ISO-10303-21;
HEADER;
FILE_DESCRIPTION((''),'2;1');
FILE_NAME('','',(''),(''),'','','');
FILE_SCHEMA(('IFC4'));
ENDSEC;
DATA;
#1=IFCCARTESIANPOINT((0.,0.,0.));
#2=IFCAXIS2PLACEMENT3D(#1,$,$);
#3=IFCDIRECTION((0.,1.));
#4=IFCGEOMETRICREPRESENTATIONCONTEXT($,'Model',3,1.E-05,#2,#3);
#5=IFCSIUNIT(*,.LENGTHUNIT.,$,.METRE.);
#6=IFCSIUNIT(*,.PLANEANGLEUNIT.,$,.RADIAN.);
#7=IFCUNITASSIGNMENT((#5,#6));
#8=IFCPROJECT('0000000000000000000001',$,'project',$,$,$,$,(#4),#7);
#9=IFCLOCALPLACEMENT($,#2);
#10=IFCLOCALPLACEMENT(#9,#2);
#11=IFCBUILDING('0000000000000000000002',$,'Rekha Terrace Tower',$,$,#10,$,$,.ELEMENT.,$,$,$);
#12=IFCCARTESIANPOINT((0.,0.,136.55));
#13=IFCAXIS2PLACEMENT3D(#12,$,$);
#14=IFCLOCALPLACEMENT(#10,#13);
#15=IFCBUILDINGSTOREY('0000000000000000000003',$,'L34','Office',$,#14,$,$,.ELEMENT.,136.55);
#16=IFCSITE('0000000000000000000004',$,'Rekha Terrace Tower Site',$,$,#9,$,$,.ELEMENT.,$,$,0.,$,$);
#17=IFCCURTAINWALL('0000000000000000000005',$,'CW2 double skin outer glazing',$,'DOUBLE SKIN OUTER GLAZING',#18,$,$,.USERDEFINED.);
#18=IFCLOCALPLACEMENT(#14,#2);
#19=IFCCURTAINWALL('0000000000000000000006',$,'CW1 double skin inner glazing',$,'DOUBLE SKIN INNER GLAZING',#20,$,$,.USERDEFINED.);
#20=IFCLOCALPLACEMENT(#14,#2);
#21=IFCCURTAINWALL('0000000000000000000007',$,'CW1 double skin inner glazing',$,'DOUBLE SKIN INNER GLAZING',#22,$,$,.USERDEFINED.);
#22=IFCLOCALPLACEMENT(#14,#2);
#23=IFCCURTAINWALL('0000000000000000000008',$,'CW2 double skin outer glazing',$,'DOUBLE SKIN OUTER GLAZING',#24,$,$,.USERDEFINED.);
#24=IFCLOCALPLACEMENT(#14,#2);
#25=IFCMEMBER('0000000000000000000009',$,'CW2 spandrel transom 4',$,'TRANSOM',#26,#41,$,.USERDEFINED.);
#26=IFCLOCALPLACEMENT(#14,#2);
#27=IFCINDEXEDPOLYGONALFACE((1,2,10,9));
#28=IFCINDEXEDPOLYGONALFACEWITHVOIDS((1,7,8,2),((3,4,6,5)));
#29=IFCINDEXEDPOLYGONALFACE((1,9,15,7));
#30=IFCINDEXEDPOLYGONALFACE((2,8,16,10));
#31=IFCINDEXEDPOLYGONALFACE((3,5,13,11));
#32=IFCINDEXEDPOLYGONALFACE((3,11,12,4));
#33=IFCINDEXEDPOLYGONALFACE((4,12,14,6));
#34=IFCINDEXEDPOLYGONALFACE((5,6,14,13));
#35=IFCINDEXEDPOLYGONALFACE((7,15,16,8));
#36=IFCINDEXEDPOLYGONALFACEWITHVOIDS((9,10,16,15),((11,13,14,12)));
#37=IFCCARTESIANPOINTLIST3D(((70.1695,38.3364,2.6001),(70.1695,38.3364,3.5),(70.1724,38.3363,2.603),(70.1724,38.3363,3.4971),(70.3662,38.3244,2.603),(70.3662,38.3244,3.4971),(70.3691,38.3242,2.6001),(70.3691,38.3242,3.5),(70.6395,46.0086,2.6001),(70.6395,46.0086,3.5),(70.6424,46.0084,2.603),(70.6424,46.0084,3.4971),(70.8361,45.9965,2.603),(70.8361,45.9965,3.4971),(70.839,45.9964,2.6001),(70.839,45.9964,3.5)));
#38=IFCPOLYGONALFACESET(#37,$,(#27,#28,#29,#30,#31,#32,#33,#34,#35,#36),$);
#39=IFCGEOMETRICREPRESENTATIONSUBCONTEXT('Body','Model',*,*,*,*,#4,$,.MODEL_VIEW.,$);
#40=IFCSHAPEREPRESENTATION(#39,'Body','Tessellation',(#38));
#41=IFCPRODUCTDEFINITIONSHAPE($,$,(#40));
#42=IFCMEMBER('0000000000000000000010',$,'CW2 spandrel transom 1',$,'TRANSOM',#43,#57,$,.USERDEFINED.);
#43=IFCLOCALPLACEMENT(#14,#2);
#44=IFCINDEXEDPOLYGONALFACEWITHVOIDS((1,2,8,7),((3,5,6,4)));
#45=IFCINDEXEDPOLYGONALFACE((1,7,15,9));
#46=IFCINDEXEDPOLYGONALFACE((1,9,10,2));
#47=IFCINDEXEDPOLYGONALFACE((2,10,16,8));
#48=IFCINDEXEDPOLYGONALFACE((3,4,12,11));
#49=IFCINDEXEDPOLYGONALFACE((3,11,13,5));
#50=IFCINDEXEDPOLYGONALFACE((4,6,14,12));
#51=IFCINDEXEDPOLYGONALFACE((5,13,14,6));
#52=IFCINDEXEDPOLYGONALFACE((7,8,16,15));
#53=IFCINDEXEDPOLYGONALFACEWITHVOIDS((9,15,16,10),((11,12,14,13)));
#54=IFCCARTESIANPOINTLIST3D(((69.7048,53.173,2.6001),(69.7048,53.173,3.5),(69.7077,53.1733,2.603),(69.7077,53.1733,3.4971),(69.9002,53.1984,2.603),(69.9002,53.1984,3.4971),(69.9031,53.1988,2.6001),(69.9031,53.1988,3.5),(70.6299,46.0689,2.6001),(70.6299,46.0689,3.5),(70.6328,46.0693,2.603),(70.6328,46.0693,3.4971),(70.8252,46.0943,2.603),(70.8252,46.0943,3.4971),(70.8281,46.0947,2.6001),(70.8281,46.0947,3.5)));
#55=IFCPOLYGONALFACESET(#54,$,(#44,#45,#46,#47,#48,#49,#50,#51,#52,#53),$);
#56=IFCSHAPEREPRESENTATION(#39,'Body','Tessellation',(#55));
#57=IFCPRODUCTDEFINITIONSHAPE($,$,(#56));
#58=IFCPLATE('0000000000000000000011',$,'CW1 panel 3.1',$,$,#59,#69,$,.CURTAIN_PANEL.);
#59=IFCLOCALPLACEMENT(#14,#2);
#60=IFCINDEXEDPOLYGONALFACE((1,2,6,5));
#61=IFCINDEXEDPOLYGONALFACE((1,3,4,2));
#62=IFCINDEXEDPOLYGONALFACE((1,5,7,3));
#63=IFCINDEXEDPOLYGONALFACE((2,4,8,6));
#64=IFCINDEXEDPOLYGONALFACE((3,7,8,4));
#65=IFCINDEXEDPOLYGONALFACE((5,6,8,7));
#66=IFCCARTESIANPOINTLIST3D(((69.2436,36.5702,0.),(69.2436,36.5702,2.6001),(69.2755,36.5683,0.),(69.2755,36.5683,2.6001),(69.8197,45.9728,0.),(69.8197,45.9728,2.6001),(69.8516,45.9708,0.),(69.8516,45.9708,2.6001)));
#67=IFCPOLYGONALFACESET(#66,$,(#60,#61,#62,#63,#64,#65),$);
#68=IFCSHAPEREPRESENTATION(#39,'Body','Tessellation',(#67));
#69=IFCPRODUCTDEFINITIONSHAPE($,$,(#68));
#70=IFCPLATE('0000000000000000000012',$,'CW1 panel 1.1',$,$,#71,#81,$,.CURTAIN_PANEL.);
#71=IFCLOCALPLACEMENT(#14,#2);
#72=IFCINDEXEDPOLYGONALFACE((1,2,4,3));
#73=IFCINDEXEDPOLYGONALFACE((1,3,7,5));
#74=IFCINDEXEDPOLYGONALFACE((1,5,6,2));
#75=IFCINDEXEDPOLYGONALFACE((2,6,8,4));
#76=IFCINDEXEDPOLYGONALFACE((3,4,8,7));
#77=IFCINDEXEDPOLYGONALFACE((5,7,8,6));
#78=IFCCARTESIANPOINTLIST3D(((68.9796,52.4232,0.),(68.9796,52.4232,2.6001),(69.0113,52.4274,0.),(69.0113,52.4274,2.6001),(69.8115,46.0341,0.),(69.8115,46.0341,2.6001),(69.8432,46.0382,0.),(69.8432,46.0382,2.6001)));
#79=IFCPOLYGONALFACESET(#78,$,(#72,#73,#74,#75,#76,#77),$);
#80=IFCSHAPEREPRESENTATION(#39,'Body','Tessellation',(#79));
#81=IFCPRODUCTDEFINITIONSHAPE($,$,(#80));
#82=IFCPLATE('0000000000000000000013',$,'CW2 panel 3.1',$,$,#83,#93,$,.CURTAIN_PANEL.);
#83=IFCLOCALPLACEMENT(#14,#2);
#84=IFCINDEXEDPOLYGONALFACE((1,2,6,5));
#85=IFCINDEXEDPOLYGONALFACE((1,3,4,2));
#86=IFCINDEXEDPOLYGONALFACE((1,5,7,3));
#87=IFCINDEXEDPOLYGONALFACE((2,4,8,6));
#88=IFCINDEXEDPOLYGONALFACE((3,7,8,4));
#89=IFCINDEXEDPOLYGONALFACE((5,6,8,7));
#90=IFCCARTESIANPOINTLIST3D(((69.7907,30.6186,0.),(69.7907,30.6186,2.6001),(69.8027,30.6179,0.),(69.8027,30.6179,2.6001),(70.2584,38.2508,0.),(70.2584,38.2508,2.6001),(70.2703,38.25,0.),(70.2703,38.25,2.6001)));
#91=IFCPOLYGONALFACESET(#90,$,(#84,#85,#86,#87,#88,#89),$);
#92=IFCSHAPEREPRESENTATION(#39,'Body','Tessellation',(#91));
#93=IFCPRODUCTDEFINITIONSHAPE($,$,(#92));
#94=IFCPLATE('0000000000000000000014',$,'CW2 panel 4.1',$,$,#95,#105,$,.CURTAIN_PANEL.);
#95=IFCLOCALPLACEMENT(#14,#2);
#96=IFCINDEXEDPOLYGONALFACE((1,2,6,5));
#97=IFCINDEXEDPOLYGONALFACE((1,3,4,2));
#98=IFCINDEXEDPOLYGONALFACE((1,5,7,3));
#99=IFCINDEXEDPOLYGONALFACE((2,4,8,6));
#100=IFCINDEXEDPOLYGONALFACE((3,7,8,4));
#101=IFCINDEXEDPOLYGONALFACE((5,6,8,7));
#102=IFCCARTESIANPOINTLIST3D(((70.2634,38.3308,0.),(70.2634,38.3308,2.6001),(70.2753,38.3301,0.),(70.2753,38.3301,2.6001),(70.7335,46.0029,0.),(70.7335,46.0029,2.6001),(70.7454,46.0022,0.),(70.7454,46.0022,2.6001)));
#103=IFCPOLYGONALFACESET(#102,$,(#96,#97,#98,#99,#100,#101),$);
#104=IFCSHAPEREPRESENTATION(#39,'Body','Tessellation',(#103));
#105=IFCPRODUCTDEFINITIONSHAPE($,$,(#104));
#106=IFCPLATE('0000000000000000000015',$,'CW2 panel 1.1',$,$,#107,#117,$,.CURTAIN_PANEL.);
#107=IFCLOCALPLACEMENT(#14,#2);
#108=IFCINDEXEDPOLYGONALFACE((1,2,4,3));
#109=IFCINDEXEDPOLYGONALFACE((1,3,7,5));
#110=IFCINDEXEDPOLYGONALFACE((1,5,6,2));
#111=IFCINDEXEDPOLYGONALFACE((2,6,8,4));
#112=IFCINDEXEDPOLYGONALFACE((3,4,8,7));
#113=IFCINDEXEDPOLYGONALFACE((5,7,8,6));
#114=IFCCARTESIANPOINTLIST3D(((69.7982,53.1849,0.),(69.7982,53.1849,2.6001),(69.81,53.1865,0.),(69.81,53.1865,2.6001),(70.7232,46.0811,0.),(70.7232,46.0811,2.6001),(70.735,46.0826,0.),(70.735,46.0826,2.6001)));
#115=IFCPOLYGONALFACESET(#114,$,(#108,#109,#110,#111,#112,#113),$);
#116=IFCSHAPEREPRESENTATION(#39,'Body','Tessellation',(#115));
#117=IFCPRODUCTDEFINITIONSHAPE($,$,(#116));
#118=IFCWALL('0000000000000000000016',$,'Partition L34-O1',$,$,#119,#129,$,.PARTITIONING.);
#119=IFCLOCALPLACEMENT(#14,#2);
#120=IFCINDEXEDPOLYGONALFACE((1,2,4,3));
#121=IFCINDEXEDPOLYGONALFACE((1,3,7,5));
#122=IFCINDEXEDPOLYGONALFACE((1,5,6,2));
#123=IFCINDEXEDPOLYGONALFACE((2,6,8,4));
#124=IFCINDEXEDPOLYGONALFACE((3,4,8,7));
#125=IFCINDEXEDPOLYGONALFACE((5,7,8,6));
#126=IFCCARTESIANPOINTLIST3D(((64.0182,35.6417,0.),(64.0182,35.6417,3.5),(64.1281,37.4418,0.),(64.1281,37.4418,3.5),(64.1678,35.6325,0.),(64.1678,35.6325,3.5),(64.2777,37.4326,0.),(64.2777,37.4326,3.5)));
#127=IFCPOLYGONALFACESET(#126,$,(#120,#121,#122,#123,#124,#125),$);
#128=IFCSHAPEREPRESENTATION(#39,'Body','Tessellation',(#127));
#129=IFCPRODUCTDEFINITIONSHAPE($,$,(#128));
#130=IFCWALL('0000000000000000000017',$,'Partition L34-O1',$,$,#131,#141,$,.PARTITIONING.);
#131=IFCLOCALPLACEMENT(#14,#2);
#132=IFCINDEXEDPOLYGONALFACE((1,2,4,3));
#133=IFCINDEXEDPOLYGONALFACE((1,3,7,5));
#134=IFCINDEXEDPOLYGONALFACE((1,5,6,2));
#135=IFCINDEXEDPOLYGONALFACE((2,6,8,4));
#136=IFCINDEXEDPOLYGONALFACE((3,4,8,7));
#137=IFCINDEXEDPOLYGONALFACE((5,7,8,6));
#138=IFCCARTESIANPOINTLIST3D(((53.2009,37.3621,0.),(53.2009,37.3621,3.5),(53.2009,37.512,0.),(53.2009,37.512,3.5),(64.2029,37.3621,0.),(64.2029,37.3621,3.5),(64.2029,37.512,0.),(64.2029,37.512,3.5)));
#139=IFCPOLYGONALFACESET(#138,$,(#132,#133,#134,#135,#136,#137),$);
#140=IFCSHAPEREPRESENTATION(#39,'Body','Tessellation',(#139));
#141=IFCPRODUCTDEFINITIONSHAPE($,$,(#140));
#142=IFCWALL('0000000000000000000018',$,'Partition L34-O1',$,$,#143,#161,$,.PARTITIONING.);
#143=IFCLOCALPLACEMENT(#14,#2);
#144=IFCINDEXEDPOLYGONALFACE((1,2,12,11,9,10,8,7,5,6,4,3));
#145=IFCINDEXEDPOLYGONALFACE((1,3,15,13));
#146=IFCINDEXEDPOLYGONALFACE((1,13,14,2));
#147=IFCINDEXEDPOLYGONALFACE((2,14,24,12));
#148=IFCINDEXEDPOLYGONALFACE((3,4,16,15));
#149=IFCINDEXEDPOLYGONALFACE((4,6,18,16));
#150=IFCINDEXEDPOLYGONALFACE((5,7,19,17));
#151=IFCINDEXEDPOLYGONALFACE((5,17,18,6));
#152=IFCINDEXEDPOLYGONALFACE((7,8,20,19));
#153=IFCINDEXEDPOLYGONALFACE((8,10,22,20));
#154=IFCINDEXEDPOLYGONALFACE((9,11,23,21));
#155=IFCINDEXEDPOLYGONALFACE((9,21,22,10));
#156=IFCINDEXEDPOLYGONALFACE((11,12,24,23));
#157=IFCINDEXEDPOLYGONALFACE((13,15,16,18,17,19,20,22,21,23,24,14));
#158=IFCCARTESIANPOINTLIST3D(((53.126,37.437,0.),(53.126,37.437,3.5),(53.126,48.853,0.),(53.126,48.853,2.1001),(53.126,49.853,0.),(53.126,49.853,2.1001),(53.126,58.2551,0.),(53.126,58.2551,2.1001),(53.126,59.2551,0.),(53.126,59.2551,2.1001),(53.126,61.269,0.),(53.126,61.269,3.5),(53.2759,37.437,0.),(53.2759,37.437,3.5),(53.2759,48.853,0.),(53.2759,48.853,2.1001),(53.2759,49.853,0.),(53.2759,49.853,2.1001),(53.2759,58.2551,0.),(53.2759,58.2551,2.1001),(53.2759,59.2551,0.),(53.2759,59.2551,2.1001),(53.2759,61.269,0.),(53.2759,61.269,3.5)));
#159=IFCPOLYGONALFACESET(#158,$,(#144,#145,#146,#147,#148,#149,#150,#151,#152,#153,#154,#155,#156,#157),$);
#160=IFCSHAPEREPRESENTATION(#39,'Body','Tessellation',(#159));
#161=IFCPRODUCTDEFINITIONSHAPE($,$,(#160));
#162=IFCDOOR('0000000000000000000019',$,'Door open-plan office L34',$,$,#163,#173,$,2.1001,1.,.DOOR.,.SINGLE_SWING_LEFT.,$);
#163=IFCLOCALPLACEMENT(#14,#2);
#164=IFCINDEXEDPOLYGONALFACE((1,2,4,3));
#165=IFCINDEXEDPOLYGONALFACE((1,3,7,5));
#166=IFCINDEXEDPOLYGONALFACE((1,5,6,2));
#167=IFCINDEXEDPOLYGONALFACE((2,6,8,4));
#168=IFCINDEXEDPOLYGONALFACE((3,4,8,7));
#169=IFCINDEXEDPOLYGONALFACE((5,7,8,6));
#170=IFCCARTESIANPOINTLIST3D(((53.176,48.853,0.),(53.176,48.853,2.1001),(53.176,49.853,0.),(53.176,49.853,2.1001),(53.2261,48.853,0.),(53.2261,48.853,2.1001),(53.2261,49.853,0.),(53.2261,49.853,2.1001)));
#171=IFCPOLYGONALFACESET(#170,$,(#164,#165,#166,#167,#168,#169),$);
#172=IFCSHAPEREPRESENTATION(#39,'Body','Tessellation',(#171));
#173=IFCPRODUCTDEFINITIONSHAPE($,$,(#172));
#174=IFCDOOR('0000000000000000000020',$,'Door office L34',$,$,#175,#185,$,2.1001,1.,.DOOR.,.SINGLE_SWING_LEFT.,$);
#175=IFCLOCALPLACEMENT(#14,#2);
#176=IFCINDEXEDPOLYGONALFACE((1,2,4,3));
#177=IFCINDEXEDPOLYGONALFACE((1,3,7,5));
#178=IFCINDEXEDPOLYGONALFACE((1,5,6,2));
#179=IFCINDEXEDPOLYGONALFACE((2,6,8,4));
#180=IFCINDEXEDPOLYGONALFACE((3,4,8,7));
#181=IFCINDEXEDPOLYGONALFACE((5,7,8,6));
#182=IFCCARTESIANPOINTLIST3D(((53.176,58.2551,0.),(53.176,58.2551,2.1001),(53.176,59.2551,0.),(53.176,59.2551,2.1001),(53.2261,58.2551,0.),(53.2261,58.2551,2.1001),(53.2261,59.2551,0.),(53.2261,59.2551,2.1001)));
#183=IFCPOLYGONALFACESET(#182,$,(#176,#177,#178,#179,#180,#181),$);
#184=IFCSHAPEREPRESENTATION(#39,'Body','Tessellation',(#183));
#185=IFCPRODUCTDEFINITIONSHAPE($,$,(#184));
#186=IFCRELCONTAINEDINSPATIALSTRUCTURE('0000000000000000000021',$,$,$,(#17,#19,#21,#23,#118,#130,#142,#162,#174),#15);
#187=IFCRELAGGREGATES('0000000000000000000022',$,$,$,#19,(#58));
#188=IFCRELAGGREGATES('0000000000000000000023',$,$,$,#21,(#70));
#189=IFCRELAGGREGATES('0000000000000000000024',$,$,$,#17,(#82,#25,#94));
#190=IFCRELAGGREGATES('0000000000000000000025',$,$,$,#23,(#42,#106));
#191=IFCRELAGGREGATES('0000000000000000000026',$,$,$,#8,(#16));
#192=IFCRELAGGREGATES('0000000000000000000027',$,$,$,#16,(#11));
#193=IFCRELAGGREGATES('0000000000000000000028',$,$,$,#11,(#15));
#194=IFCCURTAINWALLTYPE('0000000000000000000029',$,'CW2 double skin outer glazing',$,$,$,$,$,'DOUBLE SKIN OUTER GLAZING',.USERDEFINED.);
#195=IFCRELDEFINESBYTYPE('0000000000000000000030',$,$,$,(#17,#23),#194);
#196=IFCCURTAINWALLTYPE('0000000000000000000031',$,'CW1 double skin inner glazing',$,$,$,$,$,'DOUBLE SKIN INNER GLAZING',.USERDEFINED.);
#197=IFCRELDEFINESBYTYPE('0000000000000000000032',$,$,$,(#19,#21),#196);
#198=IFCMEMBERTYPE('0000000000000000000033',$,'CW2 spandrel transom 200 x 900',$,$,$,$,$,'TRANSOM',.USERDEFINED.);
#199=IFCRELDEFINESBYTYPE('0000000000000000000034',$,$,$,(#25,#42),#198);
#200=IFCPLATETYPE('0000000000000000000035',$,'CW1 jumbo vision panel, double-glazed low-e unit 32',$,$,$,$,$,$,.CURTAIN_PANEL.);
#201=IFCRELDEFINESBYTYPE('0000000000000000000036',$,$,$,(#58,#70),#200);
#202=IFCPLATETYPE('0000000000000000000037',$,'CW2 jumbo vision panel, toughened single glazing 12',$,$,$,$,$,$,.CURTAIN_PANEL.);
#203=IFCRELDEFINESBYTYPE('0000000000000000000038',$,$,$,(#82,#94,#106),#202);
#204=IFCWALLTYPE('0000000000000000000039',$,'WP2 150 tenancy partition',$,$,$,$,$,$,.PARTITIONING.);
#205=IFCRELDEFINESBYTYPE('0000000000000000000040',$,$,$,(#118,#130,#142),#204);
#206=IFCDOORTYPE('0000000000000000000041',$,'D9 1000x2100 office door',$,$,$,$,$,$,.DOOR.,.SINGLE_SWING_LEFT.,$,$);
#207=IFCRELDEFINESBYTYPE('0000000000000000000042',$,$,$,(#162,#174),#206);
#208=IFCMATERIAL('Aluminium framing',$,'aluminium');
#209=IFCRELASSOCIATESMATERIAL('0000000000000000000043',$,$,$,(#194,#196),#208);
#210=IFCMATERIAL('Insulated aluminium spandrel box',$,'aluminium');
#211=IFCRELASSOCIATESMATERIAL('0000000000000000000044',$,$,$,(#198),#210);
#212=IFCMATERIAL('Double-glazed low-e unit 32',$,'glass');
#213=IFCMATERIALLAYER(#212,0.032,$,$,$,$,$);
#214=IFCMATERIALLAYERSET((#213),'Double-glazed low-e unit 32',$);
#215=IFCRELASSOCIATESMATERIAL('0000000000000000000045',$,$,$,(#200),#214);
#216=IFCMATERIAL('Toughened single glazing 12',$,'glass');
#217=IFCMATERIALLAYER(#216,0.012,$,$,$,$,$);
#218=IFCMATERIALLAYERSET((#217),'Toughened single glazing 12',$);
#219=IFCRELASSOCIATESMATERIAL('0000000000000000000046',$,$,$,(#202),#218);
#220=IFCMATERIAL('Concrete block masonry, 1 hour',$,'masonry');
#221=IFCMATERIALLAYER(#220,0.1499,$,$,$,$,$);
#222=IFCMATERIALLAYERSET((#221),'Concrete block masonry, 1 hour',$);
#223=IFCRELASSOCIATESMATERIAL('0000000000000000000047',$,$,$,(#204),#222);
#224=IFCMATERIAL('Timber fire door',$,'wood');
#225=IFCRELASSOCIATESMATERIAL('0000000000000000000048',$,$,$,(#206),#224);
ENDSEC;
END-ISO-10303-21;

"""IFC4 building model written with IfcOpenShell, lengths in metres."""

from ifc_helpers import new_model, si_unit, direction, frame, frame_2d, origin, origin_2d, place, context, subcontext, project, spatial, rectangle, hollow_rectangle, extrude, material, layer, layer_set, material_profile, profile_set, type_object, element, fill, aggregate, save


model = new_model("IFC4")

# Units and contexts
model_context = context("Model", 3, precision=1e-05, world=origin(), true_north=direction((0.0, 1.0)))
body_context = subcontext(model_context, "Body", "Model", "MODEL_VIEW")
ifc_project = project(units=[si_unit("LENGTHUNIT", "METRE"), si_unit("PLANEANGLEUNIT", "RADIAN")], contexts=[model_context])

# Site, building, storey
site_placement = place(None, origin())
site = spatial("IfcSite", under=ifc_project, at=site_placement, Name="Rekha Terrace Tower Site", CompositionType="ELEMENT", RefElevation=0.0)
building_placement = place(site_placement, origin())
building = spatial("IfcBuilding", under=site, at=building_placement, Name="Rekha Terrace Tower", CompositionType="ELEMENT")
storey_placement = place(building_placement, frame((0.0, 0.0, 136.55)))
storey = spatial("IfcBuildingStorey", under=building, at=storey_placement, Name="L34", Description="Office", CompositionType="ELEMENT", Elevation=136.55)

# Curtain walls
ifc_material_1 = material(Name="Aluminium framing", Category="aluminium")
curtain_wall_type_1 = type_object("IfcCurtainWallType", Name="CW2 double skin outer glazing", ElementType="DOUBLE SKIN OUTER GLAZING", PredefinedType="USERDEFINED", material=ifc_material_1)
curtain_wall_1_placement = place(storey_placement, origin())
curtain_wall_1 = element("IfcCurtainWall", 1, at=curtain_wall_1_placement, inside=storey, type_object=curtain_wall_type_1, Name="CW2 double skin outer glazing", ObjectType="DOUBLE SKIN OUTER GLAZING", PredefinedType="USERDEFINED")
curtain_wall_type_2 = type_object("IfcCurtainWallType", Name="CW1 double skin inner glazing", ElementType="DOUBLE SKIN INNER GLAZING", PredefinedType="USERDEFINED", material=ifc_material_1)
curtain_wall_2_placement = place(storey_placement, origin())
curtain_wall_2 = element("IfcCurtainWall", 2, at=curtain_wall_2_placement, inside=storey, type_object=curtain_wall_type_2, Name="CW1 double skin inner glazing", ObjectType="DOUBLE SKIN INNER GLAZING", PredefinedType="USERDEFINED")
curtain_wall_3_placement = place(storey_placement, origin())
curtain_wall_3 = element("IfcCurtainWall", 3, at=curtain_wall_3_placement, inside=storey, type_object=curtain_wall_type_2, Name="CW1 double skin inner glazing", ObjectType="DOUBLE SKIN INNER GLAZING", PredefinedType="USERDEFINED")

# Shared definitions
ifc_material_2 = material(Name="Insulated aluminium spandrel box", Category="aluminium")

# Curtain wall
curtain_wall_4_placement = place(storey_placement, origin())
curtain_wall_4 = element("IfcCurtainWall", 4, at=curtain_wall_4_placement, inside=storey, type_object=curtain_wall_type_1, Name="CW2 double skin outer glazing", ObjectType="DOUBLE SKIN OUTER GLAZING", PredefinedType="USERDEFINED")

# Members
ifc_material_profile_1 = material_profile(ifc_material_2, hollow_rectangle(XDim=0.2, YDim=0.8999, WallThickness=0.0029, at=origin_2d()), Name="AL SPANDREL BOX 200x900")
ifc_profile_set_1 = profile_set([ifc_material_profile_1], Name="Insulated aluminium spandrel box")
member_type_1 = type_object("IfcMemberType", Name="CW2 spandrel transom 200 x 900", ElementType="TRANSOM", PredefinedType="USERDEFINED", material=ifc_profile_set_1)
member_1_placement = place(storey_placement, frame((70.2693, 38.3303, 3.05), z_axis=(0.061142, 0.998129, 0.0), x_axis=(-0.998129, 0.061142, 0.0)))
member_1 = element("IfcMember", 5, at=member_1_placement, type_object=member_type_1, Name="CW2 spandrel transom 4", ObjectType="TRANSOM", PredefinedType="USERDEFINED", context=body_context, shape_type="SweptSolid", body=[
    extrude(hollow_rectangle(XDim=0.2, YDim=0.8999, WallThickness=0.0029, at=origin_2d()), origin(), (0.0, 0.0, 1.0), 7.6865),
])
member_2_placement = place(storey_placement, frame((70.729, 46.0818, 3.05), z_axis=(-0.129125, 0.991628, 0.0), x_axis=(-0.991628, -0.129125, 0.0)))
member_2 = element("IfcMember", 6, at=member_2_placement, type_object=member_type_1, Name="CW2 spandrel transom 1", ObjectType="TRANSOM", PredefinedType="USERDEFINED", context=body_context, shape_type="SweptSolid", body=[
    extrude(hollow_rectangle(XDim=0.2, YDim=0.8999, WallThickness=0.0029, at=origin_2d()), origin(), (0.0, 0.0, 1.0), 7.1641),
])

# Plates
ifc_material_3 = material(Name="Double-glazed low-e unit 32", Category="glass")
ifc_layer_1 = layer(ifc_material_3, 0.032)
ifc_layer_set_1 = layer_set([ifc_layer_1], Name="Double-glazed low-e unit 32")
plate_type_1 = type_object("IfcPlateType", Name="CW1 jumbo vision panel, double-glazed low-e unit 32", PredefinedType="CURTAIN_PANEL", material=ifc_layer_set_1)
plate_1_placement = place(storey_placement, frame((69.5476, 41.2705, 0.0), z_axis=(0.0, 0.0, 1.0), x_axis=(0.06116, 0.998128, 0.0)))
plate_1 = element("IfcPlate", 7, at=plate_1_placement, type_object=plate_type_1, Name="CW1 panel 3.1", PredefinedType="CURTAIN_PANEL", context=body_context, shape_type="SweptSolid", body=[
    extrude(rectangle(XDim=9.4202, YDim=0.032, at=origin_2d()), origin(), (0.0, 0.0, 1.0), 2.6001),
])
aggregate(curtain_wall_2, [plate_1])
plate_2_placement = place(storey_placement, frame((69.4114, 49.2307, 0.0), z_axis=(0.0, 0.0, 1.0), x_axis=(-0.129118, 0.991629, 0.0)))
plate_2 = element("IfcPlate", 8, at=plate_2_placement, type_object=plate_type_1, Name="CW1 panel 1.1", PredefinedType="CURTAIN_PANEL", context=body_context, shape_type="SweptSolid", body=[
    extrude(rectangle(XDim=6.4431, YDim=0.032, at=origin_2d()), origin(), (0.0, 0.0, 1.0), 2.6001),
])
aggregate(curtain_wall_3, [plate_2])
ifc_material_4 = material(Name="Toughened single glazing 12", Category="glass")
ifc_layer_2 = layer(ifc_material_4, 0.012)
ifc_layer_set_2 = layer_set([ifc_layer_2], Name="Toughened single glazing 12")
plate_type_2 = type_object("IfcPlateType", Name="CW2 jumbo vision panel, toughened single glazing 12", PredefinedType="CURTAIN_PANEL", material=ifc_layer_set_2)
plate_3_placement = place(storey_placement, frame((70.0305, 34.4343, 0.0), z_axis=(0.0, 0.0, 1.0), x_axis=(0.06116, 0.998128, 0.0)))
plate_3 = element("IfcPlate", 9, at=plate_3_placement, type_object=plate_type_2, Name="CW2 panel 3.1", PredefinedType="CURTAIN_PANEL", context=body_context, shape_type="SweptSolid", body=[
    extrude(rectangle(XDim=7.6465, YDim=0.012, at=origin_2d()), origin(), (0.0, 0.0, 1.0), 2.6001),
])
plate_4_placement = place(storey_placement, frame((70.5044, 42.1665, 0.0), z_axis=(0.0, 0.0, 1.0), x_axis=(0.06116, 0.998128, 0.0)))
plate_4 = element("IfcPlate", 10, at=plate_4_placement, type_object=plate_type_2, Name="CW2 panel 4.1", PredefinedType="CURTAIN_PANEL", context=body_context, shape_type="SweptSolid", body=[
    extrude(rectangle(XDim=7.6865, YDim=0.012, at=origin_2d()), origin(), (0.0, 0.0, 1.0), 2.6001),
])
aggregate(curtain_wall_1, [plate_3, member_1, plate_4])
plate_5_placement = place(storey_placement, frame((70.2666, 49.6338, 0.0), z_axis=(0.0, 0.0, 1.0), x_axis=(-0.129118, 0.991629, 0.0)))
plate_5 = element("IfcPlate", 11, at=plate_5_placement, type_object=plate_type_2, Name="CW2 panel 1.1", PredefinedType="CURTAIN_PANEL", context=body_context, shape_type="SweptSolid", body=[
    extrude(rectangle(XDim=7.1638, YDim=0.012, at=origin_2d()), origin(), (0.0, 0.0, 1.0), 2.6001),
])
aggregate(curtain_wall_4, [member_2, plate_5])

# Walls
ifc_material_5 = material(Name="Concrete block masonry, 1 hour", Category="masonry")
ifc_layer_3 = layer(ifc_material_5, 0.1499)
ifc_layer_set_3 = layer_set([ifc_layer_3], Name="Concrete block masonry, 1 hour")
wall_type_1 = type_object("IfcWallType", Name="WP2 150 tenancy partition", PredefinedType="PARTITIONING", material=ifc_layer_set_3)
wall_1_placement = place(storey_placement, frame((64.093, 35.637, 0.0), z_axis=(0.0, 0.0, 1.0), x_axis=(0.06092, 0.998143, 0.0)))
element("IfcWall", 12, at=wall_1_placement, inside=storey, type_object=wall_type_1, Name="Partition L34-O1", PredefinedType="PARTITIONING", context=body_context, shape_type="SweptSolid", body=[
    extrude(rectangle(XDim=1.8035, YDim=0.1499, at=frame_2d((0.9019, 0.0))), origin(), (0.0, 0.0, 1.0), 3.5),
])
wall_2_placement = place(storey_placement, frame((64.2029, 37.437, 0.0), z_axis=(0.0, 0.0, 1.0), x_axis=(-1.0, 0.0, 0.0)))
element("IfcWall", 13, at=wall_2_placement, inside=storey, type_object=wall_type_1, Name="Partition L34-O1", PredefinedType="PARTITIONING", context=body_context, shape_type="SweptSolid", body=[
    extrude(rectangle(XDim=11.002, YDim=0.1499, at=frame_2d((5.501, 0.0))), origin(), (0.0, 0.0, 1.0), 3.5),
])

# Wall, openings, doors
wall_3_placement = place(storey_placement, frame((53.2009, 37.437, 0.0), z_axis=(0.0, 0.0, 1.0), x_axis=(0.0, 1.0, 0.0)))
wall_3 = element("IfcWall", 14, at=wall_3_placement, inside=storey, type_object=wall_type_1, Name="Partition L34-O1", PredefinedType="PARTITIONING", context=body_context, shape_type="SweptSolid", body=[
    extrude(rectangle(XDim=23.832, YDim=0.1499, at=frame_2d((11.916, 0.0))), origin(), (0.0, 0.0, 1.0), 3.5),
])
opening_1_placement = place(wall_3_placement, frame((11.416, 0.0, 0.0)))
opening_1 = element("IfcOpeningElement", 15, at=opening_1_placement, cuts=wall_3, PredefinedType="OPENING", context=body_context, shape_type="SweptSolid", body=[
    extrude(rectangle(XDim=1.0, YDim=2.1001, at=frame_2d((0.5, 1.05))), frame((0.0, 0.085, 0.0), z_axis=(0.0, -1.0, 0.0), x_axis=(1.0, 0.0, 0.0)), (0.0, 0.0, 1.0), 0.1699),
])
opening_2_placement = place(wall_3_placement, frame((20.8181, 0.0, 0.0)))
opening_2 = element("IfcOpeningElement", 16, at=opening_2_placement, cuts=wall_3, PredefinedType="OPENING", context=body_context, shape_type="SweptSolid", body=[
    extrude(rectangle(XDim=1.0, YDim=2.1001, at=frame_2d((0.5, 1.05))), frame((0.0, 0.085, 0.0), z_axis=(0.0, -1.0, 0.0), x_axis=(1.0, 0.0, 0.0)), (0.0, 0.0, 1.0), 0.1699),
])
ifc_material_6 = material(Name="Timber fire door", Category="wood")
door_type = type_object("IfcDoorType", Name="D9 1000x2100 office door", OperationType="SINGLE_SWING_LEFT", PredefinedType="DOOR", material=ifc_material_6)
door_1_placement = place(opening_1_placement, origin())
door_1 = element("IfcDoor", 17, at=door_1_placement, inside=storey, type_object=door_type, Name="Door open-plan office L34", OperationType="SINGLE_SWING_LEFT", OverallHeight=2.1001, OverallWidth=1.0, PredefinedType="DOOR", context=body_context, shape_type="SweptSolid", body=[
    extrude(rectangle(XDim=1.0, YDim=2.1001, at=frame_2d((0.5, 1.05))), frame((0.0, 0.0249, 0.0), z_axis=(0.0, -1.0, 0.0), x_axis=(1.0, 0.0, 0.0)), (0.0, 0.0, 1.0), 0.05),
])
fill(opening_1, door_1)
door_2_placement = place(opening_2_placement, origin())
door_2 = element("IfcDoor", 18, at=door_2_placement, inside=storey, type_object=door_type, Name="Door office L34", OperationType="SINGLE_SWING_LEFT", OverallHeight=2.1001, OverallWidth=1.0, PredefinedType="DOOR", context=body_context, shape_type="SweptSolid", body=[
    extrude(rectangle(XDim=1.0, YDim=2.1001, at=frame_2d((0.5, 1.05))), frame((0.0, 0.0249, 0.0), z_axis=(0.0, -1.0, 0.0), x_axis=(1.0, 0.0, 0.0)), (0.0, 0.0, 1.0), 0.05),
])
fill(opening_2, door_2)

save(model, "model.ifc")
